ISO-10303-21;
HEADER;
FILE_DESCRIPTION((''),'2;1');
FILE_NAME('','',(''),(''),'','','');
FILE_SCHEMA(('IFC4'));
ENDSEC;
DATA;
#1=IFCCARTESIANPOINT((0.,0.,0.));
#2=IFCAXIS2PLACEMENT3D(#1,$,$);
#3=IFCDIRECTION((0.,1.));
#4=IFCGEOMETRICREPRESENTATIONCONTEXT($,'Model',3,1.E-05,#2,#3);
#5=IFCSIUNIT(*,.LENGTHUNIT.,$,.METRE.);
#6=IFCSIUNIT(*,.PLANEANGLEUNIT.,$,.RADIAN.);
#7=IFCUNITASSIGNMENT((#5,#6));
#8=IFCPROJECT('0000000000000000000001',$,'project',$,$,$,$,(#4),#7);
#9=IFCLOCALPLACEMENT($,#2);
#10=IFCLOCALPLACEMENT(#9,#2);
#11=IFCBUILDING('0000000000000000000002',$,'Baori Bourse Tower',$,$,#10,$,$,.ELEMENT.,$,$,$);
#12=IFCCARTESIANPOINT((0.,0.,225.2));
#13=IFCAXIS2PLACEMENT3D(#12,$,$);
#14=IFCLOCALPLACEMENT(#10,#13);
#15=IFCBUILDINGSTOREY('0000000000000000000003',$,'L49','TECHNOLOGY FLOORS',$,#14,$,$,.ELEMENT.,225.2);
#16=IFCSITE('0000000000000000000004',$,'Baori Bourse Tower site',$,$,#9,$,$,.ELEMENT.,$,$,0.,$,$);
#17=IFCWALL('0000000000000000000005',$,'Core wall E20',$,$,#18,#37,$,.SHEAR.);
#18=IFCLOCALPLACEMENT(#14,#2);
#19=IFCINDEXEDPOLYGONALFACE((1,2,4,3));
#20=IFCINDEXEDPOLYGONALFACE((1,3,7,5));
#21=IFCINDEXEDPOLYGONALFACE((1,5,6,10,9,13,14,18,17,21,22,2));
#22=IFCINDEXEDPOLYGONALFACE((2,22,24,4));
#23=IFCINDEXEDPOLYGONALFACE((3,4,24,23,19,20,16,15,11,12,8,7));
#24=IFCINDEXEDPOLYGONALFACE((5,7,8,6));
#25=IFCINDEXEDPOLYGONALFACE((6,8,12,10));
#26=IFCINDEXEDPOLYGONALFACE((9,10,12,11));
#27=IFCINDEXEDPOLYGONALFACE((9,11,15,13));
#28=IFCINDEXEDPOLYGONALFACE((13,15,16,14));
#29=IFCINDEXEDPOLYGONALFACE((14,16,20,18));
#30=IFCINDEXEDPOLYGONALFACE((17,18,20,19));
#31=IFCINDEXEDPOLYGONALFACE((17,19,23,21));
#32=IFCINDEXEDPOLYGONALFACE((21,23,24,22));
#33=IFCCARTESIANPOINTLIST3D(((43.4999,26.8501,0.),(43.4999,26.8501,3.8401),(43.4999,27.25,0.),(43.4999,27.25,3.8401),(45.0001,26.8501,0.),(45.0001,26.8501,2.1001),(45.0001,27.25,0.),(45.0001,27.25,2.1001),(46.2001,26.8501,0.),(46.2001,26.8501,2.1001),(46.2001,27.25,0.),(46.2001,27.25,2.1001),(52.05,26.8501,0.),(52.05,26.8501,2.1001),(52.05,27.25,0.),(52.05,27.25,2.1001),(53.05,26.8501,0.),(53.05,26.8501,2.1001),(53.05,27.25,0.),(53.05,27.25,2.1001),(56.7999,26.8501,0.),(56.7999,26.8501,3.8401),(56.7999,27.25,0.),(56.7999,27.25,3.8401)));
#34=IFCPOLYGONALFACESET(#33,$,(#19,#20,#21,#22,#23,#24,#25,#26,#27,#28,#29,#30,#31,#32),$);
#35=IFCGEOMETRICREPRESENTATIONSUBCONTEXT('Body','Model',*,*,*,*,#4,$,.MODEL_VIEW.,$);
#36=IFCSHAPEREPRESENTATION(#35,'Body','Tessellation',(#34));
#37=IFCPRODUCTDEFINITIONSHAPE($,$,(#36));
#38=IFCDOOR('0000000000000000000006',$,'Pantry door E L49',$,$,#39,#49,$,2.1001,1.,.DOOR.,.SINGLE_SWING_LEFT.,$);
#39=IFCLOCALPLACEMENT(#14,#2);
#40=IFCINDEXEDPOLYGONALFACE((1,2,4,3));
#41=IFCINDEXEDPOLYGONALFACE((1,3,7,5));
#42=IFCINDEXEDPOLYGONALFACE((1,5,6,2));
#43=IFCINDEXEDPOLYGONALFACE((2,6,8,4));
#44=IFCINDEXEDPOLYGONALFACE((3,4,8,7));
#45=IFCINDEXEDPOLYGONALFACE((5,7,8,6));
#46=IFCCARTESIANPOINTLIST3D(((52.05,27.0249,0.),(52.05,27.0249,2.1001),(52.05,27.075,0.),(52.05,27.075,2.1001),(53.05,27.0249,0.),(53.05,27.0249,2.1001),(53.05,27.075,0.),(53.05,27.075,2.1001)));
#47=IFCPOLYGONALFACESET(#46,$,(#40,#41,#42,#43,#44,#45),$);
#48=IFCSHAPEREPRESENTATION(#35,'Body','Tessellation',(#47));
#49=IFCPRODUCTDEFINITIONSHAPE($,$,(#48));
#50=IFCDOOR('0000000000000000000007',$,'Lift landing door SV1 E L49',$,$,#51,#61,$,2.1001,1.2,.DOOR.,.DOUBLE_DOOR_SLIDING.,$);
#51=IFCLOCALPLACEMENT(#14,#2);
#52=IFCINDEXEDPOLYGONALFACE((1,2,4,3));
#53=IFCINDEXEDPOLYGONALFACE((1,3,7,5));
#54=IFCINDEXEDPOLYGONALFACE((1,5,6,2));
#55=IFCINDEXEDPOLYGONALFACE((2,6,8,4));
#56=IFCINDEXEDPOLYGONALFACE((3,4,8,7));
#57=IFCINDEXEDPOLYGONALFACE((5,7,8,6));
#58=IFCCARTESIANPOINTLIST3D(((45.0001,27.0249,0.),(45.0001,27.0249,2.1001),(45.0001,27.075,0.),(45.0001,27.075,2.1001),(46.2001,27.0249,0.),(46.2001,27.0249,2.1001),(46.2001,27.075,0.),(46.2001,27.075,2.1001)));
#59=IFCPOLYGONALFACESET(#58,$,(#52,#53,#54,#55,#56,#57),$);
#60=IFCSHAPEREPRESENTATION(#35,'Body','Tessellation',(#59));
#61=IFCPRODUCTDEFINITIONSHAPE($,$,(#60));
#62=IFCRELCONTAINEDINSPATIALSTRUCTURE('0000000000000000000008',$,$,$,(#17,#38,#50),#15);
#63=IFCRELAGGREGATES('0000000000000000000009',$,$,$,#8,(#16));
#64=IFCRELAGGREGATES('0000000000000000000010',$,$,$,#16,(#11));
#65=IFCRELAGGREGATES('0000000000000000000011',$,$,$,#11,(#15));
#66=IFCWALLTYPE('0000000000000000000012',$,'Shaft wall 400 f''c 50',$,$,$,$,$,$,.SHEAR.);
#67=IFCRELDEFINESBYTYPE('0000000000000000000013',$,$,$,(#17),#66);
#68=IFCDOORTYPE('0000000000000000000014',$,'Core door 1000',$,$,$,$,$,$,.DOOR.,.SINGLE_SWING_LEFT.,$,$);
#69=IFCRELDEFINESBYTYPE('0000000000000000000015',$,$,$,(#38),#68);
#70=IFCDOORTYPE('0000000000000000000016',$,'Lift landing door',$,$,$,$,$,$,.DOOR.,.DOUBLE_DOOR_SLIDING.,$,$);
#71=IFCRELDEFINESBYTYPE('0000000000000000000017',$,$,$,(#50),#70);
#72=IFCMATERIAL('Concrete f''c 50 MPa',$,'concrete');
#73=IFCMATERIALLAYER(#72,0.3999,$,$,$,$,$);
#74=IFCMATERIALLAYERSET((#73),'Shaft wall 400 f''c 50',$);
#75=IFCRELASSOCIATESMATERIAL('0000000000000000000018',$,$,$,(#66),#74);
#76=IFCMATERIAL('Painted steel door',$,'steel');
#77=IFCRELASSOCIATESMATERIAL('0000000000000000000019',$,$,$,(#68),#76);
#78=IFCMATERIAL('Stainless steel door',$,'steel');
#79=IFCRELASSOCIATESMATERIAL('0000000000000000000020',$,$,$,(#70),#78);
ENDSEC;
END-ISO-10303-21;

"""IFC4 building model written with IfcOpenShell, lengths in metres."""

from ifc_helpers import new_model, si_unit, direction, frame, frame_2d, origin, place, context, subcontext, project, spatial, rectangle, extrude, material, layer, layer_set, type_object, element, fill, save


model = new_model("IFC4")

# Units and contexts
model_context = context("Model", 3, precision=1e-05, world=origin(), true_north=direction((0.0, 1.0)))
body_context = subcontext(model_context, "Body", "Model", "MODEL_VIEW")
ifc_project = project(units=[si_unit("LENGTHUNIT", "METRE"), si_unit("PLANEANGLEUNIT", "RADIAN")], contexts=[model_context])

# Site, building, storey
site_placement = place(None, origin())
site = spatial("IfcSite", under=ifc_project, at=site_placement, Name="Baori Bourse Tower site", CompositionType="ELEMENT", RefElevation=0.0)
building_placement = place(site_placement, origin())
building = spatial("IfcBuilding", under=site, at=building_placement, Name="Baori Bourse Tower", CompositionType="ELEMENT")
storey_placement = place(building_placement, frame((0.0, 0.0, 225.2)))
storey = spatial("IfcBuildingStorey", under=building, at=storey_placement, Name="L49", Description="TECHNOLOGY FLOORS", CompositionType="ELEMENT", Elevation=225.2)

# Wall, openings, doors
ifc_material_1 = material(Name="Concrete f'c 50 MPa", Category="concrete")
ifc_layer_1 = layer(ifc_material_1, 0.3999)
ifc_layer_set_1 = layer_set([ifc_layer_1], Name="Shaft wall 400 f'c 50")
wall_type_1 = type_object("IfcWallType", Name="Shaft wall 400 f'c 50", PredefinedType="SHEAR", material=ifc_layer_set_1)
wall_1_placement = place(storey_placement, frame((43.5, 27.05, 0.0), z_axis=(0.0, 0.0, 1.0), x_axis=(1.0, 0.0, 0.0)))
wall_1 = element("IfcWall", 1, at=wall_1_placement, inside=storey, type_object=wall_type_1, Name="Core wall E20", PredefinedType="SHEAR", context=body_context, shape_type="SweptSolid", body=[
    extrude(rectangle(XDim=13.3, YDim=0.3999, at=frame_2d((6.6499, 0.0))), origin(), (0.0, 0.0, 1.0), 3.8401),
])
opening_1_placement = place(wall_1_placement, frame((8.55, 0.0, 0.0)))
opening_1 = element("IfcOpeningElement", 2, at=opening_1_placement, cuts=wall_1, PredefinedType="OPENING", context=body_context, shape_type="SweptSolid", body=[
    extrude(rectangle(XDim=1.0, YDim=2.1001, at=frame_2d((0.5, 1.05))), frame((0.0, 0.21, 0.0), z_axis=(0.0, -1.0, 0.0), x_axis=(1.0, 0.0, 0.0)), (0.0, 0.0, 1.0), 0.4199),
])
opening_2_placement = place(wall_1_placement, frame((1.5, 0.0, 0.0)))
opening_2 = element("IfcOpeningElement", 3, at=opening_2_placement, cuts=wall_1, PredefinedType="OPENING", context=body_context, shape_type="SweptSolid", body=[
    extrude(rectangle(XDim=1.2, YDim=2.1001, at=frame_2d((0.6001, 1.05))), frame((0.0, 0.21, 0.0), z_axis=(0.0, -1.0, 0.0), x_axis=(1.0, 0.0, 0.0)), (0.0, 0.0, 1.0), 0.4199),
])
ifc_material_2 = material(Name="Painted steel door", Category="steel")
door_type_1 = type_object("IfcDoorType", Name="Core door 1000", OperationType="SINGLE_SWING_LEFT", PredefinedType="DOOR", material=ifc_material_2)
door_1_placement = place(opening_1_placement, origin())
door_1 = element("IfcDoor", 4, at=door_1_placement, inside=storey, type_object=door_type_1, Name="Pantry door E L49", OperationType="SINGLE_SWING_LEFT", OverallHeight=2.1001, OverallWidth=1.0, PredefinedType="DOOR", context=body_context, shape_type="SweptSolid", body=[
    extrude(rectangle(XDim=1.0, YDim=2.1001, at=frame_2d((0.5, 1.05))), frame((0.0, 0.0249, 0.0), z_axis=(0.0, -1.0, 0.0), x_axis=(1.0, 0.0, 0.0)), (0.0, 0.0, 1.0), 0.05),
])
fill(opening_1, door_1)
ifc_material_3 = material(Name="Stainless steel door", Category="steel")
door_type_2 = type_object("IfcDoorType", Name="Lift landing door", OperationType="DOUBLE_DOOR_SLIDING", PredefinedType="DOOR", material=ifc_material_3)
door_2_placement = place(opening_2_placement, origin())
door_2 = element("IfcDoor", 5, at=door_2_placement, inside=storey, type_object=door_type_2, Name="Lift landing door SV1 E L49", OperationType="DOUBLE_DOOR_SLIDING", OverallHeight=2.1001, OverallWidth=1.2, PredefinedType="DOOR", context=body_context, shape_type="SweptSolid", body=[
    extrude(rectangle(XDim=1.2, YDim=2.1001, at=frame_2d((0.6001, 1.05))), frame((0.0, 0.0249, 0.0), z_axis=(0.0, -1.0, 0.0), x_axis=(1.0, 0.0, 0.0)), (0.0, 0.0, 1.0), 0.05),
])
fill(opening_2, door_2)

save(model, "model.ifc")
